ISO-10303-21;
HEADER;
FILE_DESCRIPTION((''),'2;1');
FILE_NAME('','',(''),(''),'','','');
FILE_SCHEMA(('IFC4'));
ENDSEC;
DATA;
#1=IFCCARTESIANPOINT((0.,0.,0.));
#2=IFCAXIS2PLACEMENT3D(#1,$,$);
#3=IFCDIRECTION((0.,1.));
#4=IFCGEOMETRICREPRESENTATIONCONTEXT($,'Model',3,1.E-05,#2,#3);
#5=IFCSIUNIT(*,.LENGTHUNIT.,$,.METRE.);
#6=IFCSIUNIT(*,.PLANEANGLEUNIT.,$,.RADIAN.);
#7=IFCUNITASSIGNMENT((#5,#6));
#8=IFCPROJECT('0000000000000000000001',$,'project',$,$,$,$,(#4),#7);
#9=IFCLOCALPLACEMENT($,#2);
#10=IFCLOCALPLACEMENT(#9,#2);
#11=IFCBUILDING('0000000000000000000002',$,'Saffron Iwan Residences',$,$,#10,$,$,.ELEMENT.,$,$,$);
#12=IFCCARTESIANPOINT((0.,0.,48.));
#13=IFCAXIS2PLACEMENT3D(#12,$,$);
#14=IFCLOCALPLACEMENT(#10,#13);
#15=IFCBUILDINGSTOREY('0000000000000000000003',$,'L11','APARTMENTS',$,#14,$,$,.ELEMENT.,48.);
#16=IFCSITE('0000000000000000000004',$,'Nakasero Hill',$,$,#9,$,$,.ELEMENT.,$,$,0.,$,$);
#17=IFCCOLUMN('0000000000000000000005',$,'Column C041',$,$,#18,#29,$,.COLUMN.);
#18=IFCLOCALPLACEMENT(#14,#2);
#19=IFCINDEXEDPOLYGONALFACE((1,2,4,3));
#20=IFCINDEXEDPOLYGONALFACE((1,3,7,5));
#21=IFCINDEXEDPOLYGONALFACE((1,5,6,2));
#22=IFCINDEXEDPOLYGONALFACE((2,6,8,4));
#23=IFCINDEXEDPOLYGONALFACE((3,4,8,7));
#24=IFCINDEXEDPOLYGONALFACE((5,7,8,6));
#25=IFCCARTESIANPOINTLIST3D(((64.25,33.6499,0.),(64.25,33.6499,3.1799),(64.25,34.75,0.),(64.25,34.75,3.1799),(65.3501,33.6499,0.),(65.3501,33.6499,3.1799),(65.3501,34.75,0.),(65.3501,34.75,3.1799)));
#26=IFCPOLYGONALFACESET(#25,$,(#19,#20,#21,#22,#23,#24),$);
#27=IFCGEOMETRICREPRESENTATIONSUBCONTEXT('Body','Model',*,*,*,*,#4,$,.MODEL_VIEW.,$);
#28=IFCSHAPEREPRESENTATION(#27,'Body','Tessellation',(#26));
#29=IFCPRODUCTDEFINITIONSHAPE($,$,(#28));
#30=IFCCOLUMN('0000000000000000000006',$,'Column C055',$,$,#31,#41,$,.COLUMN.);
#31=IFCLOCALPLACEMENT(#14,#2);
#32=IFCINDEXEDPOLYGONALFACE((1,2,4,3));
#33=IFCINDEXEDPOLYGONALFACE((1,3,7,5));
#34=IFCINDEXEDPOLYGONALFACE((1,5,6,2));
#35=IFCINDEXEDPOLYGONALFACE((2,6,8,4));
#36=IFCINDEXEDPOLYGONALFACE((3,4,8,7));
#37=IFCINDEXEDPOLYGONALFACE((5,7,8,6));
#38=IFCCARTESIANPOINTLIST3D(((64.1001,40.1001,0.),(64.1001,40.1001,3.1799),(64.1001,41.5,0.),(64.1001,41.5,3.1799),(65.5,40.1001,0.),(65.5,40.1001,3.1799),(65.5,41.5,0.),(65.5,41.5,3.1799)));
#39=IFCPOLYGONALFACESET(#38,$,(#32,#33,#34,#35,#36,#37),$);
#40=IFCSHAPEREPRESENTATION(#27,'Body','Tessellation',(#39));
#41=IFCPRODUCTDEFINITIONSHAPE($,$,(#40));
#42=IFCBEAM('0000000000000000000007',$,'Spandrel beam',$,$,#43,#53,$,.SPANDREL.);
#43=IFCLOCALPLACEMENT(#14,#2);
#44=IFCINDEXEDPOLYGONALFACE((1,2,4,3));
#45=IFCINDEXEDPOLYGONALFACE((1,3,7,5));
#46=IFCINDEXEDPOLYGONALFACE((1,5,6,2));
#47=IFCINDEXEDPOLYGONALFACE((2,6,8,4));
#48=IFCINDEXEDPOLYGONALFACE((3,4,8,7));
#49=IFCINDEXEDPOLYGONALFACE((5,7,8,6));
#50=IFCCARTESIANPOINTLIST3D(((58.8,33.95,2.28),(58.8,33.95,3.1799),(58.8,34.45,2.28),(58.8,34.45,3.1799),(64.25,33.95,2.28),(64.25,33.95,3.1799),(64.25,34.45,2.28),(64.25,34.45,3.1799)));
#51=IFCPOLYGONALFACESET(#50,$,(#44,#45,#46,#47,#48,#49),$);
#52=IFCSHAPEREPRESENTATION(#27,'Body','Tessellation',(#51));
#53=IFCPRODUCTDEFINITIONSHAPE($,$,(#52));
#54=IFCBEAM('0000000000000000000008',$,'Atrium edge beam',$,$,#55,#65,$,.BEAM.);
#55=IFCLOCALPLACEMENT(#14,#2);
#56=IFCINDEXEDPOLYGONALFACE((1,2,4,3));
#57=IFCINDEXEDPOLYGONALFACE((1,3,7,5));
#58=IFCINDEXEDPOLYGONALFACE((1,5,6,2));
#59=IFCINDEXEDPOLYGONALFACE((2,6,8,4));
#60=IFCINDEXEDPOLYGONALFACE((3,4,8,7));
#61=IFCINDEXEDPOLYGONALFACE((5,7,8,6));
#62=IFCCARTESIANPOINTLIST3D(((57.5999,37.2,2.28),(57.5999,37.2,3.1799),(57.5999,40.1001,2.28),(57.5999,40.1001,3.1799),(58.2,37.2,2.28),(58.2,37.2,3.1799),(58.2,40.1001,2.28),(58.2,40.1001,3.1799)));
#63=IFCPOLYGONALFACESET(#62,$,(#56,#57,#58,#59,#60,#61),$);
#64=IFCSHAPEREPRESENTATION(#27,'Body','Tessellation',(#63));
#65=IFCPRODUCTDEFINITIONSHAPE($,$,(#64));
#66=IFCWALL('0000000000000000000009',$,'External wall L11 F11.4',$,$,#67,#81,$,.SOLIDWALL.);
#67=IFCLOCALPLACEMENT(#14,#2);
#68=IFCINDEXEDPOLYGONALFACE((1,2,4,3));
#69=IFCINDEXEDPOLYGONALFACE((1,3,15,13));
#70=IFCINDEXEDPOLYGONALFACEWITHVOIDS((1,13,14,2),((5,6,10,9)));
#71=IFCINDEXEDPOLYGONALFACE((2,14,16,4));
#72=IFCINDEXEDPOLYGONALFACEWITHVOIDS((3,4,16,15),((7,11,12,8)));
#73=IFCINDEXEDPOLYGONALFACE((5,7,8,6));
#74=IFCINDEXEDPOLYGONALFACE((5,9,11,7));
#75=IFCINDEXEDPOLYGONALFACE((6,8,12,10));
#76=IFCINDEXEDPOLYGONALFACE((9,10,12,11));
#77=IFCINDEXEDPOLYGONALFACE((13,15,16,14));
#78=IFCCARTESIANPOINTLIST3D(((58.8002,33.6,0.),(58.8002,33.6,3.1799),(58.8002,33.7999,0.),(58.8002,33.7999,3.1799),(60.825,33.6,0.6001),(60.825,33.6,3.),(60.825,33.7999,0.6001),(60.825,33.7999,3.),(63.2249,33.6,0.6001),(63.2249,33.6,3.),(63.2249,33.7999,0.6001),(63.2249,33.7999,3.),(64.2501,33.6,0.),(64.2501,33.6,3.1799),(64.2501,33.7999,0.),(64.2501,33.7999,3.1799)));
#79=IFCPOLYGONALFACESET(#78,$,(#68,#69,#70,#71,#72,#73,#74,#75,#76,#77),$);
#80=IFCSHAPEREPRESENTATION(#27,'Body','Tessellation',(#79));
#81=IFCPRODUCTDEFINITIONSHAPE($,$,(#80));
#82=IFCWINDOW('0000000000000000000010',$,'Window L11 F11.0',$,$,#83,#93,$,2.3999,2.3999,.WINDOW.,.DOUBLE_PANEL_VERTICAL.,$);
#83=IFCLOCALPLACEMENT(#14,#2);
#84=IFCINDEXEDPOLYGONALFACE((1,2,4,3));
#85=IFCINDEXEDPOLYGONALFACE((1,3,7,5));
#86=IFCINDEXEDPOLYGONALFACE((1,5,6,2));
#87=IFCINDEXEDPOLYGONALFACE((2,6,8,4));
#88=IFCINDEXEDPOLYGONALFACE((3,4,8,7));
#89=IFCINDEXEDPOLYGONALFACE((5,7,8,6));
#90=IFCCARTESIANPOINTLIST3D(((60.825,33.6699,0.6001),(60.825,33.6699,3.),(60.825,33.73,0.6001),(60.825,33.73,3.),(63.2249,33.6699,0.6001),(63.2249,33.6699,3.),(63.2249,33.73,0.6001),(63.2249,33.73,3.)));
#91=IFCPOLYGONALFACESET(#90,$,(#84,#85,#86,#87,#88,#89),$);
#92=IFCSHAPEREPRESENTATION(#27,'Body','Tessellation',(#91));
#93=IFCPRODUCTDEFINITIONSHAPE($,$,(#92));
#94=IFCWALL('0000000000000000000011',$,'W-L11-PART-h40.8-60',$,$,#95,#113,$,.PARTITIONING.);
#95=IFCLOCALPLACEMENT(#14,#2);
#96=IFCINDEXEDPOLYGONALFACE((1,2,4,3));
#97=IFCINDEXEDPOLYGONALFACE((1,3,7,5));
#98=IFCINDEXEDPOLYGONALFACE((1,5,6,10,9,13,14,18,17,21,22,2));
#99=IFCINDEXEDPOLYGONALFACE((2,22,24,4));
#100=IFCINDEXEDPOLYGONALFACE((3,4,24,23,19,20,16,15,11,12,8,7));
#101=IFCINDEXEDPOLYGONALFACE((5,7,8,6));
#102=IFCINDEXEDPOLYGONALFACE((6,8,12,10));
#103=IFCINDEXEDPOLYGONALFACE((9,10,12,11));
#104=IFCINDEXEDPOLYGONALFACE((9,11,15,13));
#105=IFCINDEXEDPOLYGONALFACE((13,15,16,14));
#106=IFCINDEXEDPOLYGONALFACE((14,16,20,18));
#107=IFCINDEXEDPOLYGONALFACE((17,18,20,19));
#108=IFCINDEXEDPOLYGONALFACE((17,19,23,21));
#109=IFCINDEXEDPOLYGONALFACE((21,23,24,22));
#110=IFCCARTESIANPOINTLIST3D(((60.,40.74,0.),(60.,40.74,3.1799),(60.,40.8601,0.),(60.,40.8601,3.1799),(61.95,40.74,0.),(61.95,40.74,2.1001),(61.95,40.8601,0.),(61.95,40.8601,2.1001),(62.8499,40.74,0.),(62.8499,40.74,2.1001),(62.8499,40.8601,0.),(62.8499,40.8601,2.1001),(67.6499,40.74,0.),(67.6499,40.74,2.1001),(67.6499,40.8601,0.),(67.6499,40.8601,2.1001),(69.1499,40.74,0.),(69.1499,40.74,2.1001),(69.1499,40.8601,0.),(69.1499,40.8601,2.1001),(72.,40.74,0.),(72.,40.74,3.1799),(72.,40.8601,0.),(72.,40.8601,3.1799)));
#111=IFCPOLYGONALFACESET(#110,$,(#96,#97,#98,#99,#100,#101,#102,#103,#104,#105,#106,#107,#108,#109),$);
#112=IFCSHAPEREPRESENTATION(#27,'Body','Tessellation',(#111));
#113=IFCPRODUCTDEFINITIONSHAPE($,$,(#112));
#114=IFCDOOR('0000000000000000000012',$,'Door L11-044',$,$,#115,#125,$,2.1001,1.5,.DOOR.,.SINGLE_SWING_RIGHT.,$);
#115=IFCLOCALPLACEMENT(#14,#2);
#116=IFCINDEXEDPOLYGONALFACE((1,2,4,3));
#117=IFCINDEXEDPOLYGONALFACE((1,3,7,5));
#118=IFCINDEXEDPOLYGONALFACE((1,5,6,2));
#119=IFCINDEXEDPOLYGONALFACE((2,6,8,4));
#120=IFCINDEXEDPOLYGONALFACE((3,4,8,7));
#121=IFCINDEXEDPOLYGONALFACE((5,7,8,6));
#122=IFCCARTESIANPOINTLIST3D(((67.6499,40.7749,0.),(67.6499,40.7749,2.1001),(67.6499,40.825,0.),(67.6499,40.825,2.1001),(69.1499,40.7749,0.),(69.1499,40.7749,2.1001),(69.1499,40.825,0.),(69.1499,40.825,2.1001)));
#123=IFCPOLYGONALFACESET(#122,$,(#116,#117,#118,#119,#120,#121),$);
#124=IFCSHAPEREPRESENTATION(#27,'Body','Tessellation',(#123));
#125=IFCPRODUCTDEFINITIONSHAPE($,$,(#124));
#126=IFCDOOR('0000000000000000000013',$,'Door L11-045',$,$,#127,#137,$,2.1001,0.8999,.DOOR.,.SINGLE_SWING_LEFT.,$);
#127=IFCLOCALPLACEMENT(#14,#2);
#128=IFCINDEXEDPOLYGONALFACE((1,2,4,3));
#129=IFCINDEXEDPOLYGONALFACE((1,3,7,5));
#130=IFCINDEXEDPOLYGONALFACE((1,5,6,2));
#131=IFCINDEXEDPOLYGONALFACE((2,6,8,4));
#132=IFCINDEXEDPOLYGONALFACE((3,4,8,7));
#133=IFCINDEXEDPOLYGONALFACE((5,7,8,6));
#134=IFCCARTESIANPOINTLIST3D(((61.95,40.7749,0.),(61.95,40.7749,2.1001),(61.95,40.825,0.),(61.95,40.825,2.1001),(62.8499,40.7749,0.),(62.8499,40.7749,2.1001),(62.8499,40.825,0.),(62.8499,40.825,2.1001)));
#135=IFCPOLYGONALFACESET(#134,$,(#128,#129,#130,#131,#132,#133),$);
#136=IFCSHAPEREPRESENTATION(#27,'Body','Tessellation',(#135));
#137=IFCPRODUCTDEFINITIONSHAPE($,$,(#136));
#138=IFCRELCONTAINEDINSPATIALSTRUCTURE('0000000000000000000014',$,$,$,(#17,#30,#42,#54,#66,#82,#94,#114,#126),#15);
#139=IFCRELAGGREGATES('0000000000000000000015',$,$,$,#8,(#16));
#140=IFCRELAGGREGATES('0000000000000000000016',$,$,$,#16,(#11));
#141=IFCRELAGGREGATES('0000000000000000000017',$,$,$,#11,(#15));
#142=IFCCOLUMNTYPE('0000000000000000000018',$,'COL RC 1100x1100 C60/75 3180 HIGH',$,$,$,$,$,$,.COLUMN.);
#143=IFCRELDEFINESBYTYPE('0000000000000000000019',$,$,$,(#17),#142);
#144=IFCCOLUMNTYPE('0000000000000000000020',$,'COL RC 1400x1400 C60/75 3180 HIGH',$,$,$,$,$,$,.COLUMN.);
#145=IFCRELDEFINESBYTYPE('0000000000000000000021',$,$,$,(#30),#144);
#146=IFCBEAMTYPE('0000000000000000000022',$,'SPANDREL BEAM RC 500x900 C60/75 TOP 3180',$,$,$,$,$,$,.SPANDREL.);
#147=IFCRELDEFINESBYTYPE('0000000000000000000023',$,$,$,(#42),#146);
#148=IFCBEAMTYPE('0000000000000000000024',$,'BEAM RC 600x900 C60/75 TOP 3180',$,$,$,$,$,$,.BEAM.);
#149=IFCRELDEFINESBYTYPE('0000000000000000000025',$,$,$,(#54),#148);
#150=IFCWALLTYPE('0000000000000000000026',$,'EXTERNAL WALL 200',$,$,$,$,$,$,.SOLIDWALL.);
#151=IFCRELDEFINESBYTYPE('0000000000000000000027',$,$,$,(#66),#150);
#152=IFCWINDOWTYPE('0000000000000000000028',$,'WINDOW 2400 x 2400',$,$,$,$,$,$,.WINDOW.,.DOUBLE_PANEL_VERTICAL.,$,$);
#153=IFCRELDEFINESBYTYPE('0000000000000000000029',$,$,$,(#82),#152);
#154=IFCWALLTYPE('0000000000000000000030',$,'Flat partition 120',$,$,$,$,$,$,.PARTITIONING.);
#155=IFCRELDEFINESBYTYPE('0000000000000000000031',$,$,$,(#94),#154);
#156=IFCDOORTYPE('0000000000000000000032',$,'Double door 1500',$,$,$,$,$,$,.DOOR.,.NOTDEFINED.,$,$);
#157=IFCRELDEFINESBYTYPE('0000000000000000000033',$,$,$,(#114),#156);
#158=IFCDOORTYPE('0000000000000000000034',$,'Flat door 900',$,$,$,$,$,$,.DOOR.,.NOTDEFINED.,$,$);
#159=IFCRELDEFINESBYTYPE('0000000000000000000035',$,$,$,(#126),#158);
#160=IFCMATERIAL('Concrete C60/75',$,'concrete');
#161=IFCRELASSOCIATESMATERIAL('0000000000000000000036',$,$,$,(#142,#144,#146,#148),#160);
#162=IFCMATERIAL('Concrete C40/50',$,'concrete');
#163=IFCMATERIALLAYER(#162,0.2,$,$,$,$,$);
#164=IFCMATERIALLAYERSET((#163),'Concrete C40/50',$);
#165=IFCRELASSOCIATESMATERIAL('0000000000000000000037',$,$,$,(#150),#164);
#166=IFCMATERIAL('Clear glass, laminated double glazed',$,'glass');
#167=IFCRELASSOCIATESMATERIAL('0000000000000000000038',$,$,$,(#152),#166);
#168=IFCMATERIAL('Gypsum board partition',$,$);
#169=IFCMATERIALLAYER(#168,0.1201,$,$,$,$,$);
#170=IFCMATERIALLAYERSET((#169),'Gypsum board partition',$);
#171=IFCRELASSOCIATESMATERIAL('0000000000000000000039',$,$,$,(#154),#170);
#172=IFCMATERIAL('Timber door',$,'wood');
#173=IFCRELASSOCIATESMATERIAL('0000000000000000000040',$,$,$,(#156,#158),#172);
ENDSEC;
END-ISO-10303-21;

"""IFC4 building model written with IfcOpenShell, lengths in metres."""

from ifc_helpers import new_model, si_unit, direction, frame, frame_2d, origin, origin_2d, place, context, subcontext, project, spatial, rectangle, extrude, source, transform, mapped, material, layer, layer_set, material_profile, profile_set, type_object, element, fill, save


model = new_model("IFC4")

# Units and contexts
model_context = context("Model", 3, precision=1e-05, world=origin(), true_north=direction((0.0, 1.0)))
body_context = subcontext(model_context, "Body", "Model", "MODEL_VIEW")
ifc_project = project(units=[si_unit("LENGTHUNIT", "METRE"), si_unit("PLANEANGLEUNIT", "RADIAN")], contexts=[model_context])

# Site, building, storey
site_placement = place(None, origin())
site = spatial("IfcSite", under=ifc_project, at=site_placement, Name="Nakasero Hill", CompositionType="ELEMENT", RefElevation=0.0)
building_placement = place(site_placement, origin())
building = spatial("IfcBuilding", under=site, at=building_placement, Name="Saffron Iwan Residences", CompositionType="ELEMENT")
storey_placement = place(building_placement, frame((0.0, 0.0, 48.0)))
storey = spatial("IfcBuildingStorey", under=building, at=storey_placement, Name="L11", Description="APARTMENTS", CompositionType="ELEMENT", Elevation=48.0)

# Columns
ifc_material_1 = material(Name="Concrete C60/75", Category="concrete")
ifc_material_profile_1 = material_profile(ifc_material_1, rectangle(XDim=1.1001, YDim=1.1001, at=origin_2d()), Name="RC 1100x1100")
ifc_profile_set_1 = profile_set([ifc_material_profile_1], Name="Concrete C60/75")
column_type_1 = type_object("IfcColumnType", Name="COL RC 1100x1100 C60/75 3180 HIGH", PredefinedType="COLUMN", material=ifc_profile_set_1)
shared_shape_1 = source(origin(), body_context, "Body", "SweptSolid", [
    extrude(rectangle(XDim=1.1001, YDim=1.1001, at=origin_2d()), origin(), (0.0, 0.0, 1.0), 3.1799),
])
column_1_placement = place(storey_placement, frame((64.8, 34.2, 0.0), z_axis=(0.0, 0.0, 1.0), x_axis=(1.0, 0.0, 0.0)))
element("IfcColumn", 1, at=column_1_placement, inside=storey, type_object=column_type_1, Name="Column C041", PredefinedType="COLUMN", context=body_context, shape_type="MappedRepresentation", body=[
    mapped(shared_shape_1, transform((0.0, 0.0, 0.0))),
])
ifc_material_profile_2 = material_profile(ifc_material_1, rectangle(XDim=1.3999, YDim=1.3999, at=origin_2d()), Name="RC 1400x1400")
ifc_profile_set_2 = profile_set([ifc_material_profile_2], Name="Concrete C60/75")
column_type_2 = type_object("IfcColumnType", Name="COL RC 1400x1400 C60/75 3180 HIGH", PredefinedType="COLUMN", material=ifc_profile_set_2)
shared_shape_2 = source(origin(), body_context, "Body", "SweptSolid", [
    extrude(rectangle(XDim=1.3999, YDim=1.3999, at=origin_2d()), origin(), (0.0, 0.0, 1.0), 3.1799),
])
column_2_placement = place(storey_placement, frame((64.8, 40.8, 0.0), z_axis=(0.0, 0.0, 1.0), x_axis=(1.0, 0.0, 0.0)))
element("IfcColumn", 2, at=column_2_placement, inside=storey, type_object=column_type_2, Name="Column C055", PredefinedType="COLUMN", context=body_context, shape_type="MappedRepresentation", body=[
    mapped(shared_shape_2, transform((0.0, 0.0, 0.0))),
])

# Beams
ifc_material_profile_3 = material_profile(ifc_material_1, rectangle(XDim=0.5, YDim=0.8999, at=origin_2d()), Name="RC 500x900")
ifc_profile_set_3 = profile_set([ifc_material_profile_3], Name="Concrete C60/75")
beam_type_1 = type_object("IfcBeamType", Name="SPANDREL BEAM RC 500x900 C60/75 TOP 3180", PredefinedType="SPANDREL", material=ifc_profile_set_3)
shared_shape_3 = source(origin(), body_context, "Body", "SweptSolid", [
    extrude(rectangle(XDim=0.5, YDim=0.8999, at=origin_2d()), origin(), (0.0, 0.0, 1.0), 5.45),
])
beam_1_placement = place(storey_placement, frame((64.25, 34.2, 2.73), z_axis=(-1.0, 0.0, 0.0), x_axis=(0.0, -1.0, 0.0)))
element("IfcBeam", 3, at=beam_1_placement, inside=storey, type_object=beam_type_1, Name="Spandrel beam", PredefinedType="SPANDREL", context=body_context, shape_type="MappedRepresentation", body=[
    mapped(shared_shape_3, transform((0.0, 0.0, 0.0))),
])
ifc_material_profile_4 = material_profile(ifc_material_1, rectangle(XDim=0.6001, YDim=0.8999, at=origin_2d()), Name="RC 600x900")
ifc_profile_set_4 = profile_set([ifc_material_profile_4], Name="Concrete C60/75")
beam_type_2 = type_object("IfcBeamType", Name="BEAM RC 600x900 C60/75 TOP 3180", PredefinedType="BEAM", material=ifc_profile_set_4)
shared_shape_4 = source(origin(), body_context, "Body", "SweptSolid", [
    extrude(rectangle(XDim=0.6001, YDim=0.8999, at=origin_2d()), origin(), (0.0, 0.0, 1.0), 2.9001),
])
beam_2_placement = place(storey_placement, frame((57.8999, 40.1001, 2.73), z_axis=(0.0, -1.0, 0.0), x_axis=(1.0, 0.0, 0.0)))
element("IfcBeam", 4, at=beam_2_placement, inside=storey, type_object=beam_type_2, Name="Atrium edge beam", PredefinedType="BEAM", context=body_context, shape_type="MappedRepresentation", body=[
    mapped(shared_shape_4, transform((0.0, 0.0, 0.0))),
])

# Wall, opening, window
ifc_material_2 = material(Name="Concrete C40/50", Category="concrete")
ifc_layer_1 = layer(ifc_material_2, 0.2)
ifc_layer_set_1 = layer_set([ifc_layer_1], Name="Concrete C40/50")
wall_type_1 = type_object("IfcWallType", Name="EXTERNAL WALL 200", PredefinedType="SOLIDWALL", material=ifc_layer_set_1)
wall_1_placement = place(storey_placement, frame((58.8, 33.7, 0.0), z_axis=(0.0, 0.0, 1.0), x_axis=(1.0, 0.0, 0.0)))
wall_1 = element("IfcWall", 5, at=wall_1_placement, inside=storey, type_object=wall_type_1, Name="External wall L11 F11.4", PredefinedType="SOLIDWALL", context=body_context, shape_type="SweptSolid", body=[
    extrude(rectangle(XDim=5.45, YDim=0.2, at=frame_2d((2.7251, 0.0))), origin(), (0.0, 0.0, 1.0), 3.1799),
])
opening_1_placement = place(wall_1_placement, frame((2.0249, 0.0, 0.6001)))
opening_1 = element("IfcOpeningElement", 6, at=opening_1_placement, cuts=wall_1, PredefinedType="OPENING", context=body_context, shape_type="SweptSolid", body=[
    extrude(rectangle(XDim=2.3999, YDim=2.3999, at=frame_2d((1.2, 1.2))), frame((0.0, 0.1099, 0.0), z_axis=(0.0, -1.0, 0.0), x_axis=(1.0, 0.0, 0.0)), (0.0, 0.0, 1.0), 0.22),
])
ifc_material_3 = material(Name="Clear glass, laminated double glazed", Category="glass")
window_type_1 = type_object("IfcWindowType", Name="WINDOW 2400 x 2400", PartitioningType="DOUBLE_PANEL_VERTICAL", PredefinedType="WINDOW", material=ifc_material_3)
window_1_placement = place(opening_1_placement, origin())
window_1 = element("IfcWindow", 7, at=window_1_placement, inside=storey, type_object=window_type_1, Name="Window L11 F11.0", OverallHeight=2.3999, OverallWidth=2.3999, PartitioningType="DOUBLE_PANEL_VERTICAL", PredefinedType="WINDOW", context=body_context, shape_type="SweptSolid", body=[
    extrude(rectangle(XDim=2.3999, YDim=2.3999, at=frame_2d((1.2, 1.2))), frame((0.0, 0.03, 0.0), z_axis=(0.0, -1.0, 0.0), x_axis=(1.0, 0.0, 0.0)), (0.0, 0.0, 1.0), 0.0601),
])
fill(opening_1, window_1)

# Wall, openings, doors
ifc_material_4 = material(Name="Gypsum board partition")
ifc_layer_2 = layer(ifc_material_4, 0.1201)
ifc_layer_set_2 = layer_set([ifc_layer_2], Name="Gypsum board partition")
wall_type_2 = type_object("IfcWallType", Name="Flat partition 120", PredefinedType="PARTITIONING", material=ifc_layer_set_2)
wall_2_placement = place(storey_placement, frame((60.0, 40.8, 0.0), z_axis=(0.0, 0.0, 1.0), x_axis=(1.0, 0.0, 0.0)))
wall_2 = element("IfcWall", 8, at=wall_2_placement, inside=storey, type_object=wall_type_2, Name="W-L11-PART-h40.8-60", PredefinedType="PARTITIONING", context=body_context, shape_type="SweptSolid", body=[
    extrude(rectangle(XDim=12.0, YDim=0.1201, at=frame_2d((6.0, 0.0))), origin(), (0.0, 0.0, 1.0), 3.1799),
])
opening_2_placement = place(wall_2_placement, frame((7.6499, 0.0, 0.0)))
opening_2 = element("IfcOpeningElement", 9, at=opening_2_placement, cuts=wall_2, PredefinedType="OPENING", context=body_context, shape_type="SweptSolid", body=[
    extrude(rectangle(XDim=1.5, YDim=2.1001, at=frame_2d((0.75, 1.05))), frame((0.0, 0.0701, 0.0), z_axis=(0.0, -1.0, 0.0), x_axis=(1.0, 0.0, 0.0)), (0.0, 0.0, 1.0), 0.1401),
])
opening_3_placement = place(wall_2_placement, frame((1.95, 0.0, 0.0)))
opening_3 = element("IfcOpeningElement", 10, at=opening_3_placement, cuts=wall_2, PredefinedType="OPENING", context=body_context, shape_type="SweptSolid", body=[
    extrude(rectangle(XDim=0.8999, YDim=2.1001, at=frame_2d((0.45, 1.05))), frame((0.0, 0.0701, 0.0), z_axis=(0.0, -1.0, 0.0), x_axis=(1.0, 0.0, 0.0)), (0.0, 0.0, 1.0), 0.1401),
])
ifc_material_5 = material(Name="Timber door", Category="wood")
door_type_1 = type_object("IfcDoorType", Name="Double door 1500", OperationType="NOTDEFINED", PredefinedType="DOOR", material=ifc_material_5)
door_1_placement = place(opening_2_placement, origin())
door_1 = element("IfcDoor", 11, at=door_1_placement, inside=storey, type_object=door_type_1, Name="Door L11-044", OperationType="SINGLE_SWING_RIGHT", OverallHeight=2.1001, OverallWidth=1.5, PredefinedType="DOOR", context=body_context, shape_type="SweptSolid", body=[
    extrude(rectangle(XDim=1.5, YDim=2.1001, at=frame_2d((0.75, 1.05))), frame((0.0, 0.0249, 0.0), z_axis=(0.0, -1.0, 0.0), x_axis=(1.0, 0.0, 0.0)), (0.0, 0.0, 1.0), 0.05),
])
fill(opening_2, door_1)
door_type_2 = type_object("IfcDoorType", Name="Flat door 900", OperationType="NOTDEFINED", PredefinedType="DOOR", material=ifc_material_5)
door_2_placement = place(opening_3_placement, origin())
door_2 = element("IfcDoor", 12, at=door_2_placement, inside=storey, type_object=door_type_2, Name="Door L11-045", OperationType="SINGLE_SWING_LEFT", OverallHeight=2.1001, OverallWidth=0.8999, PredefinedType="DOOR", context=body_context, shape_type="SweptSolid", body=[
    extrude(rectangle(XDim=0.8999, YDim=2.1001, at=frame_2d((0.45, 1.05))), frame((0.0, 0.0249, 0.0), z_axis=(0.0, -1.0, 0.0), x_axis=(1.0, 0.0, 0.0)), (0.0, 0.0, 1.0), 0.05),
])
fill(opening_3, door_2)

save(model, "model.ifc")
